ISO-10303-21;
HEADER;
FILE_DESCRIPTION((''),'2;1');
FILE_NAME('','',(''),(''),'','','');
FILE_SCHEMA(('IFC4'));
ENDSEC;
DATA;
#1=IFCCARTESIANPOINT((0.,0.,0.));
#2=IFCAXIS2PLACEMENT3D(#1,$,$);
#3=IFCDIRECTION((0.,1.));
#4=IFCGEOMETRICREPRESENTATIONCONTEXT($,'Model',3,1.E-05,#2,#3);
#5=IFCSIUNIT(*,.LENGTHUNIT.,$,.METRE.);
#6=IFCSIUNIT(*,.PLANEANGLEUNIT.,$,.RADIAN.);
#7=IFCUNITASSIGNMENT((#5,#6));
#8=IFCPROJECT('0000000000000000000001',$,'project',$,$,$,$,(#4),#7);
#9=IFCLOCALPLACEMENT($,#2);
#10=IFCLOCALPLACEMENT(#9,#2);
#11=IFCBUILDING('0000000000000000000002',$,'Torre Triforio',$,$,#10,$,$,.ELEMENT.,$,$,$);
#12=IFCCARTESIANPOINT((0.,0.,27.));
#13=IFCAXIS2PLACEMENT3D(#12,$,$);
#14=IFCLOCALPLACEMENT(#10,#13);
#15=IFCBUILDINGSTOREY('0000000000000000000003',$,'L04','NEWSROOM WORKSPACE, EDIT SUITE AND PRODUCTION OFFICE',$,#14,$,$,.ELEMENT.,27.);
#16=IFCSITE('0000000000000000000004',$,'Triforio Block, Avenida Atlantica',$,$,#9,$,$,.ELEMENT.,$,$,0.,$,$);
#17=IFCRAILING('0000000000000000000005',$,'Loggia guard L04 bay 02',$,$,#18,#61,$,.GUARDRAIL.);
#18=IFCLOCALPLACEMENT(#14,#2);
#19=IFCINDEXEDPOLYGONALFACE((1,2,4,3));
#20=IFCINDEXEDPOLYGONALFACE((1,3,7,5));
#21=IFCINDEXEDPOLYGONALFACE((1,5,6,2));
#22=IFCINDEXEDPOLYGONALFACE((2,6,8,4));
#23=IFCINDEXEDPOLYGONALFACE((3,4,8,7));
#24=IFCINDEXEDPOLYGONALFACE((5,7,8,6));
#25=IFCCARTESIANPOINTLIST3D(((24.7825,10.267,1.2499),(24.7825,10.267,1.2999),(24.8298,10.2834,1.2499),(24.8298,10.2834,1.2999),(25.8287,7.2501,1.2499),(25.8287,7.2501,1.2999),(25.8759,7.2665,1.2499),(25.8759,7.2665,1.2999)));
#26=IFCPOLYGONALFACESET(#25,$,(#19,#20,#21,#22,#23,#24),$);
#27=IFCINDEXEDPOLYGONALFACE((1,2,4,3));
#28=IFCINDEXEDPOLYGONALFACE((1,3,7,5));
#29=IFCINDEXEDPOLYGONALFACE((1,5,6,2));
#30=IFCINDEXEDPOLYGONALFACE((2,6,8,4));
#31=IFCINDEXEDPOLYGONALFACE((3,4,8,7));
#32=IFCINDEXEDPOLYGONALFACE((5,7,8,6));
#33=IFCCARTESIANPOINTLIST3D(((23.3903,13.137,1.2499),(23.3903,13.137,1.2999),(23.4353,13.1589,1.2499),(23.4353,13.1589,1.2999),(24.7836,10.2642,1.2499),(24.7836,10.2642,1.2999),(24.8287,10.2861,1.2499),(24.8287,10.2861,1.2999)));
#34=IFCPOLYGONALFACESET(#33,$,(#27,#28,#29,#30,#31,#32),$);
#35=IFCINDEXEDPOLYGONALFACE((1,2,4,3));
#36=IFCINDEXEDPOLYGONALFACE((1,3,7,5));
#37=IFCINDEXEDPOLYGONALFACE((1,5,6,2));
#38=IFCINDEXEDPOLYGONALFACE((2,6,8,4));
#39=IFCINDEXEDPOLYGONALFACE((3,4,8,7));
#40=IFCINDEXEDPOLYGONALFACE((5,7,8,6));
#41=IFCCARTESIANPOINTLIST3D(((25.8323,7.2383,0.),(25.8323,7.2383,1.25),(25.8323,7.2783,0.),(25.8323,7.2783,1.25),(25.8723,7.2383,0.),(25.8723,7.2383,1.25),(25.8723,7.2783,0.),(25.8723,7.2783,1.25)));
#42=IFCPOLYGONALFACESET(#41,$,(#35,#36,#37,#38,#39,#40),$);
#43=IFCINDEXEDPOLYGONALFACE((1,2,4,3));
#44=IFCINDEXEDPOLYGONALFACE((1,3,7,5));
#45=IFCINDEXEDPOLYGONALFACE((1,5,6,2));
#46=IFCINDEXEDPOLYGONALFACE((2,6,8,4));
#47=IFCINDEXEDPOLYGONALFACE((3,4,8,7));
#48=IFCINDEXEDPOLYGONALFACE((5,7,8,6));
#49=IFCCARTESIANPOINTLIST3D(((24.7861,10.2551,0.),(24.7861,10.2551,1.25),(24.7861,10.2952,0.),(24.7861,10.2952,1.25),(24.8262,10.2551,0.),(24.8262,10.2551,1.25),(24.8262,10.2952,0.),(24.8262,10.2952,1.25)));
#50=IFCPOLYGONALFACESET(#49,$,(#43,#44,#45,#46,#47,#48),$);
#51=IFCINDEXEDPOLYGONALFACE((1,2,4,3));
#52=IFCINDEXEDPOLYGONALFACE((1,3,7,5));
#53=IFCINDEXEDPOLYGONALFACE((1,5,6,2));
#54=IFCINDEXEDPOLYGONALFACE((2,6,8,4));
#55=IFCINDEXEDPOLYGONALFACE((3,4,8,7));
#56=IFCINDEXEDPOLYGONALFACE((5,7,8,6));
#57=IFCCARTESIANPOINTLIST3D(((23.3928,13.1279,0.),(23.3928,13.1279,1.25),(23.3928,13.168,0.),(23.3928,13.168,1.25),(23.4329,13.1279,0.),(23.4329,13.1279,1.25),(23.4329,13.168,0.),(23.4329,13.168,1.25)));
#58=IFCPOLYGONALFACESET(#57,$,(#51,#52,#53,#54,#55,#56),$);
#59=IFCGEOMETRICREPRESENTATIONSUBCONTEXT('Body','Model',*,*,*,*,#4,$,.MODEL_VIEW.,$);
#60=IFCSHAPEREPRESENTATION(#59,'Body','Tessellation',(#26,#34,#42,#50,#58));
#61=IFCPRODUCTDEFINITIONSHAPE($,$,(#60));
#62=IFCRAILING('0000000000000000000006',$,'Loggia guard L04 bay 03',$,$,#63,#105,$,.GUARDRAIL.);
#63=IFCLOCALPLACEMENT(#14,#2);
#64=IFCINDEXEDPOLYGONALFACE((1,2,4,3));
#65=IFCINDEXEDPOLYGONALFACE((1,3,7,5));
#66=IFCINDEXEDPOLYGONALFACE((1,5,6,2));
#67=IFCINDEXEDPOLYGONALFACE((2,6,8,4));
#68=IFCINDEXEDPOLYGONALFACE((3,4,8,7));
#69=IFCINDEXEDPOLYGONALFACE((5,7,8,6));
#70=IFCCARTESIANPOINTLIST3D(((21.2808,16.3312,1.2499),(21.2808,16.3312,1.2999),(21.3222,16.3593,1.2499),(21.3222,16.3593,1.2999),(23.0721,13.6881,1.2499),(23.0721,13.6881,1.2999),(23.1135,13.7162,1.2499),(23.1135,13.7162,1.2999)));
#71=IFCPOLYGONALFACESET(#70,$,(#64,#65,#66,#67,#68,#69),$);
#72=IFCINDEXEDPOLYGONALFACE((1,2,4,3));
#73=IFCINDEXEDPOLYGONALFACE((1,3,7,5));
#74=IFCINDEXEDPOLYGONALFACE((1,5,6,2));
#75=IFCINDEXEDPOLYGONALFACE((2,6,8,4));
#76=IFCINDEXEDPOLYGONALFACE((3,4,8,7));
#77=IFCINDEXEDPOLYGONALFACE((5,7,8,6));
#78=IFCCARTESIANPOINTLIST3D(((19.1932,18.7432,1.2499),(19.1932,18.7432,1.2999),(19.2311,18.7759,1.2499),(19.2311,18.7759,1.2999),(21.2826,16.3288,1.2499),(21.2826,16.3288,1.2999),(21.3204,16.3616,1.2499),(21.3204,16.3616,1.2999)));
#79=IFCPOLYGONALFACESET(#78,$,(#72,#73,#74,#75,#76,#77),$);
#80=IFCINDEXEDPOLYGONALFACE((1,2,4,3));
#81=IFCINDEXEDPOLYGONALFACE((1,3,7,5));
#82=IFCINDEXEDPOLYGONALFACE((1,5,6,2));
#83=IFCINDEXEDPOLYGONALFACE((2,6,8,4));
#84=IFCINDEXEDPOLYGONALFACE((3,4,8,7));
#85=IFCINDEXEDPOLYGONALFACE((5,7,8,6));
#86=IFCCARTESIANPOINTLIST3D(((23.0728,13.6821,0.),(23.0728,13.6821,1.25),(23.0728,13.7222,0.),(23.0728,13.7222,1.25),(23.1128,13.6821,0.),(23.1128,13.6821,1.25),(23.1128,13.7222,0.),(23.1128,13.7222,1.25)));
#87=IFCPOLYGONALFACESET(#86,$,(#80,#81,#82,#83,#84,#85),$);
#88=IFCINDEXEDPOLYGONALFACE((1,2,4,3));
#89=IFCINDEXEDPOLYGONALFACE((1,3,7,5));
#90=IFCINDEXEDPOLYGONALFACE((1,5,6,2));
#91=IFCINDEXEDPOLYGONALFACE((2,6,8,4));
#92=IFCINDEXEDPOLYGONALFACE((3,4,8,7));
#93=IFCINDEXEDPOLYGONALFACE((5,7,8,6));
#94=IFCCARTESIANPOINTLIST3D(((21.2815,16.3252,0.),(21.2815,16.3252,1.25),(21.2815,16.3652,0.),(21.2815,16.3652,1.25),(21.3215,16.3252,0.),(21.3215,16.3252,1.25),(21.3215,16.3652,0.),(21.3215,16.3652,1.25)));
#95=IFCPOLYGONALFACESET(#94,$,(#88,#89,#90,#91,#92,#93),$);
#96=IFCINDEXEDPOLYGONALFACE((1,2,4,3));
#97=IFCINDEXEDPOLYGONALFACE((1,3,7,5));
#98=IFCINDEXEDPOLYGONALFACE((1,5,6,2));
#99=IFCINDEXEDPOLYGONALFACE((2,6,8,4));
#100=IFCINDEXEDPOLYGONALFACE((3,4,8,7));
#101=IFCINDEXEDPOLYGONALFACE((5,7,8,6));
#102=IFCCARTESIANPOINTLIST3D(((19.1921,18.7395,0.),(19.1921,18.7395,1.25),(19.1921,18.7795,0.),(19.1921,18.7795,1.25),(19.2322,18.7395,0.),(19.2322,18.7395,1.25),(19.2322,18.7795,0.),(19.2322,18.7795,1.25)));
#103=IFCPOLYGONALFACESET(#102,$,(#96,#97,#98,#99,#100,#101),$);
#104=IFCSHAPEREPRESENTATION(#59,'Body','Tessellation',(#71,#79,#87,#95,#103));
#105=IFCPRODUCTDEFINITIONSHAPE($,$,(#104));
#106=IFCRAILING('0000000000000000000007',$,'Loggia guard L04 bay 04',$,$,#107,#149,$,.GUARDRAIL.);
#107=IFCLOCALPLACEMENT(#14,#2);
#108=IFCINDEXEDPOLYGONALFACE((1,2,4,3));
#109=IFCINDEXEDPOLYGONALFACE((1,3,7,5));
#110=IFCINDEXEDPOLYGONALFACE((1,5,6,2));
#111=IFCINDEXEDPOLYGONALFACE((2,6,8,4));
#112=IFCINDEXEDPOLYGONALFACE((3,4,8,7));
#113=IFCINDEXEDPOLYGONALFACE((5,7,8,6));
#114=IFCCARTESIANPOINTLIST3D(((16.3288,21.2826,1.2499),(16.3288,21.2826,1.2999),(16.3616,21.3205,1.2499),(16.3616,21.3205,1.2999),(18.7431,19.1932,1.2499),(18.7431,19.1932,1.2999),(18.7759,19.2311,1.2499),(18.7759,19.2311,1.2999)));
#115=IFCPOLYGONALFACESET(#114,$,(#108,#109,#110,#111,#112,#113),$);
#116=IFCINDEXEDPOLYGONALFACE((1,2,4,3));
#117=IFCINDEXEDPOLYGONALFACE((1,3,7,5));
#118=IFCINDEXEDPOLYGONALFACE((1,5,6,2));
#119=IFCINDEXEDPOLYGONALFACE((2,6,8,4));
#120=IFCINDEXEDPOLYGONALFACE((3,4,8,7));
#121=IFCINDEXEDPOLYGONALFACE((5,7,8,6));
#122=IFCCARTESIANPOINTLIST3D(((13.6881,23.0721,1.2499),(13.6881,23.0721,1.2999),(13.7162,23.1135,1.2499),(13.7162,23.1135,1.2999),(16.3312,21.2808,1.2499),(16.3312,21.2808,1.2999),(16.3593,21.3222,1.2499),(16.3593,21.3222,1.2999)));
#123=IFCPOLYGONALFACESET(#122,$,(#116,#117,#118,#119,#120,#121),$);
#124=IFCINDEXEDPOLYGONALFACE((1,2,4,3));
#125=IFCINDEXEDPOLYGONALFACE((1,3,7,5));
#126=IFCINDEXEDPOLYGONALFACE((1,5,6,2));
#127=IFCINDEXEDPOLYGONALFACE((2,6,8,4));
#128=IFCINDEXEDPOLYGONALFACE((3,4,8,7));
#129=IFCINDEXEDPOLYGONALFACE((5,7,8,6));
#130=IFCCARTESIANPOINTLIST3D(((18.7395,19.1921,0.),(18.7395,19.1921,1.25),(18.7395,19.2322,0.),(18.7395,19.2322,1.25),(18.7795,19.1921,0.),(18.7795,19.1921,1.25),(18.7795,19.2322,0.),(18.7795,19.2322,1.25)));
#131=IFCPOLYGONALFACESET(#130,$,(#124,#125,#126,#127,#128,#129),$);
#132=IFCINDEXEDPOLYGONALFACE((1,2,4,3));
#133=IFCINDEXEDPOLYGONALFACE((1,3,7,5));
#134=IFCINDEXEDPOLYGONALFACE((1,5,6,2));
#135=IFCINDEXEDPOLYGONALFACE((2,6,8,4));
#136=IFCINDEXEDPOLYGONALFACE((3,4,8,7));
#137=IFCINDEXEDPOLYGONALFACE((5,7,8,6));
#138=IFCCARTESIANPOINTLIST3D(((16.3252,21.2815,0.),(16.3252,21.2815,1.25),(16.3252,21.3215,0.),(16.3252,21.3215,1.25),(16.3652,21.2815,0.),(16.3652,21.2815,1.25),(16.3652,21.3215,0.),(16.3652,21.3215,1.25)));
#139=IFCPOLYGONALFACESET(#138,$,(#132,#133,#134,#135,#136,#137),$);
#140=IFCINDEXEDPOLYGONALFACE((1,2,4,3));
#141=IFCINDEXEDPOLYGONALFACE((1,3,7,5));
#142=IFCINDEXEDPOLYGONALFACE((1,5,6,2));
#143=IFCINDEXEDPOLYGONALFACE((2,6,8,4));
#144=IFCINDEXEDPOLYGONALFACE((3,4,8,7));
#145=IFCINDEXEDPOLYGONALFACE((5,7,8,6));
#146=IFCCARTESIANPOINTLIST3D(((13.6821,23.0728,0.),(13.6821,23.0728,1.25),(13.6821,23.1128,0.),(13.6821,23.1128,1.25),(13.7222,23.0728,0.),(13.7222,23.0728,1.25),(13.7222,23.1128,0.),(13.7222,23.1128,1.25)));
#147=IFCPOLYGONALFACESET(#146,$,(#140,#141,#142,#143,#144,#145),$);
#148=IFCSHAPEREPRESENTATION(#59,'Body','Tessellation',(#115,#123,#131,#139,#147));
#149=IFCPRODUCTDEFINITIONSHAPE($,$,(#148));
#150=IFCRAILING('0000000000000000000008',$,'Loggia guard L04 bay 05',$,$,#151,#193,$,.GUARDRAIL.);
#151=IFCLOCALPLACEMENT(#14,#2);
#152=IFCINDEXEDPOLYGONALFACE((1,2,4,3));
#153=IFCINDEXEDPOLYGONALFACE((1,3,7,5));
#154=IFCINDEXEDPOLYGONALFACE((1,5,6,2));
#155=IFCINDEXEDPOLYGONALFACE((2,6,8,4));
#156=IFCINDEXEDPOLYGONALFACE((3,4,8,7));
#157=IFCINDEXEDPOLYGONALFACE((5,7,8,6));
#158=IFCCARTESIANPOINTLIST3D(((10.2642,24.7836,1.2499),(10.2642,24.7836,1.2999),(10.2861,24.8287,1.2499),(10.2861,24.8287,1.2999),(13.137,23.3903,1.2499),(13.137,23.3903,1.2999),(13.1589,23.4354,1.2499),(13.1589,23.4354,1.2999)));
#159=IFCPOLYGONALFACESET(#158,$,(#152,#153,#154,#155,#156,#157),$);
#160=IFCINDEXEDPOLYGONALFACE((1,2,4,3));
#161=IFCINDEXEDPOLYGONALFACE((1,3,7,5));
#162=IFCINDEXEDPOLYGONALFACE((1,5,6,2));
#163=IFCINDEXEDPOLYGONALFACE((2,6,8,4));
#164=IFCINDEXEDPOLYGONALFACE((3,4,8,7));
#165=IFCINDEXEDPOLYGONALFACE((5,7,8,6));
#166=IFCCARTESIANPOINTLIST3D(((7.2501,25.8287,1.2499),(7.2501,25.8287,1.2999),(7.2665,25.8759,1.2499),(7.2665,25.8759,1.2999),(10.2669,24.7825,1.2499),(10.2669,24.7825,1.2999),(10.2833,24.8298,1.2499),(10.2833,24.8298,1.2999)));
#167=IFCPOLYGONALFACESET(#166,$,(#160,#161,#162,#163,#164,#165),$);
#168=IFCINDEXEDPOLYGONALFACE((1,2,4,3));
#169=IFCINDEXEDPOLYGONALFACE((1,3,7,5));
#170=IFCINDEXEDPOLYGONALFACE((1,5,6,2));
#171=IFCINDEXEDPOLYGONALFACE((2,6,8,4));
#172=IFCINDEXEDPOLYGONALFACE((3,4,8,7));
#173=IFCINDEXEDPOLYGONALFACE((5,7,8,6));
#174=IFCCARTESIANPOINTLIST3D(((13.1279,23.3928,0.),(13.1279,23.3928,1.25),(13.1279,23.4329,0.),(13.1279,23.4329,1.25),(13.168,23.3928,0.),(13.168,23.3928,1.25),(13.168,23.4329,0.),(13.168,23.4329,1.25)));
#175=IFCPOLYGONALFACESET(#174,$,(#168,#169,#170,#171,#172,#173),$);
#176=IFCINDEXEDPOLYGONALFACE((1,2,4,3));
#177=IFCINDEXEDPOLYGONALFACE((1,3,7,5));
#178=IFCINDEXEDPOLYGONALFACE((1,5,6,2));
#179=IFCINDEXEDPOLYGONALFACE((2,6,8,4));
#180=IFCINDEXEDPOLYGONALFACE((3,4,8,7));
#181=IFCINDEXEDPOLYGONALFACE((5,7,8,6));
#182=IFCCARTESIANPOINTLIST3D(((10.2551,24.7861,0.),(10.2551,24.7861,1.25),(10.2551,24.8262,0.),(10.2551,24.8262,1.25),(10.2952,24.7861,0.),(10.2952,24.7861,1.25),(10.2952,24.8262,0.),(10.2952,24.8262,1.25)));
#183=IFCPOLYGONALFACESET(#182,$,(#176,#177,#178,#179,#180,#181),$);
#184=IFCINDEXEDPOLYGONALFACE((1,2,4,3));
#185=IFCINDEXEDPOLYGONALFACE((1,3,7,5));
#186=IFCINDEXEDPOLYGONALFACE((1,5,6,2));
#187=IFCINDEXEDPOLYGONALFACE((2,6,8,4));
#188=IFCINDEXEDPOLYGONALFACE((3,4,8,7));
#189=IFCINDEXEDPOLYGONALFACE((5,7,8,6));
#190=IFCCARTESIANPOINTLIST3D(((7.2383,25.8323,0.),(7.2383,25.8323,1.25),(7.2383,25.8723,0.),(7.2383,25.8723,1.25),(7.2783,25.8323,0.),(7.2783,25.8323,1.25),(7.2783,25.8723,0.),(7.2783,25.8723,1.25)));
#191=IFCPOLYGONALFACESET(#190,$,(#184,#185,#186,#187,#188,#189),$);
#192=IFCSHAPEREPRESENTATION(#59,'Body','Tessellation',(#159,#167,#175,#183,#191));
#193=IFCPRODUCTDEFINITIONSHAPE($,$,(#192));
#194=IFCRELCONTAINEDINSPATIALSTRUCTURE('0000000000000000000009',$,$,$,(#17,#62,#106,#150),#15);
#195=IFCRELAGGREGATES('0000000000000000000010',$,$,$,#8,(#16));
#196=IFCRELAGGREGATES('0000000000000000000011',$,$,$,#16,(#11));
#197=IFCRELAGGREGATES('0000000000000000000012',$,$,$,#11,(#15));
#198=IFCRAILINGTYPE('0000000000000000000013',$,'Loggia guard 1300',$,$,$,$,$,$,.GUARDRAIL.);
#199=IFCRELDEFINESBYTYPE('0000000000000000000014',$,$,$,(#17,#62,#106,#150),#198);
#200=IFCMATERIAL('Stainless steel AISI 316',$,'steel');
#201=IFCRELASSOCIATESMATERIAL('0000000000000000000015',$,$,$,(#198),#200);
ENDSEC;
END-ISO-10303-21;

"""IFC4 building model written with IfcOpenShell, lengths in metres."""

from ifc_helpers import new_model, si_unit, direction, frame, origin, origin_2d, place, context, subcontext, project, spatial, rectangle, extrude, material, type_object, element, save


model = new_model("IFC4")

# Units and contexts
model_context = context("Model", 3, precision=1e-05, world=origin(), true_north=direction((0.0, 1.0)))
body_context = subcontext(model_context, "Body", "Model", "MODEL_VIEW")
ifc_project = project(units=[si_unit("LENGTHUNIT", "METRE"), si_unit("PLANEANGLEUNIT", "RADIAN")], contexts=[model_context])

# Site, building, storey
site_placement = place(None, origin())
site = spatial("IfcSite", under=ifc_project, at=site_placement, Name="Triforio Block, Avenida Atlantica", CompositionType="ELEMENT", RefElevation=0.0)
building_placement = place(site_placement, origin())
building = spatial("IfcBuilding", under=site, at=building_placement, Name="Torre Triforio", CompositionType="ELEMENT")
storey_placement = place(building_placement, frame((0.0, 0.0, 27.0)))
storey = spatial("IfcBuildingStorey", under=building, at=storey_placement, Name="L04", Description="NEWSROOM WORKSPACE, EDIT SUITE AND PRODUCTION OFFICE", CompositionType="ELEMENT", Elevation=27.0)

# Railings
ifc_material_1 = material(Name="Stainless steel AISI 316", Category="steel")
railing_type = type_object("IfcRailingType", Name="Loggia guard 1300", PredefinedType="GUARDRAIL", material=ifc_material_1)
railing_1_placement = place(storey_placement, frame((25.8523, 7.2583, 0.0)))
element("IfcRailing", 1, at=railing_1_placement, inside=storey, type_object=railing_type, Name="Loggia guard L04 bay 02", PredefinedType="GUARDRAIL", context=body_context, shape_type="SweptSolid", body=[
    extrude(rectangle(XDim=0.05, YDim=0.05, at=origin_2d()), frame((0.0, 0.0, 1.2749), z_axis=(-0.327628, 0.944807, 0.0), x_axis=(-0.944807, -0.327628, 0.0)), (0.0, 0.0, 1.0), 3.1931),
    extrude(rectangle(XDim=0.05, YDim=0.05, at=origin_2d()), frame((-1.0461, 3.0168, 1.2749), z_axis=(-0.436384, 0.89976, 0.0), x_axis=(-0.89976, -0.436384, 0.0)), (0.0, 0.0, 1.0), 3.1929),
    extrude(rectangle(XDim=0.04, YDim=0.04, at=origin_2d()), origin(), (0.0, 0.0, 1.0), 1.25),
    extrude(rectangle(XDim=0.04, YDim=0.04, at=origin_2d()), frame((-1.0461, 3.0168, 0.0)), (0.0, 0.0, 1.0), 1.25),
    extrude(rectangle(XDim=0.04, YDim=0.04, at=origin_2d()), frame((-2.4395, 5.8896, 0.0)), (0.0, 0.0, 1.0), 1.25),
])
railing_2_placement = place(storey_placement, frame((23.0928, 13.7021, 0.0)))
element("IfcRailing", 2, at=railing_2_placement, inside=storey, type_object=railing_type, Name="Loggia guard L04 bay 03", PredefinedType="GUARDRAIL", context=body_context, shape_type="SweptSolid", body=[
    extrude(rectangle(XDim=0.05, YDim=0.05, at=origin_2d()), frame((0.0, 0.0, 1.2749), z_axis=(-0.561019, 0.827803, 0.0), x_axis=(-0.827803, -0.561019, 0.0)), (0.0, 0.0, 1.0), 3.1929),
    extrude(rectangle(XDim=0.05, YDim=0.05, at=origin_2d()), frame((-1.7913, 2.6431, 1.2749), z_axis=(-0.654386, 0.756161, 0.0), x_axis=(-0.756161, -0.654386, 0.0)), (0.0, 0.0, 1.0), 3.1929),
    extrude(rectangle(XDim=0.04, YDim=0.04, at=origin_2d()), origin(), (0.0, 0.0, 1.0), 1.25),
    extrude(rectangle(XDim=0.04, YDim=0.04, at=origin_2d()), frame((-1.7913, 2.6431, 0.0)), (0.0, 0.0, 1.0), 1.25),
    extrude(rectangle(XDim=0.04, YDim=0.04, at=origin_2d()), frame((-3.8806, 5.0574, 0.0)), (0.0, 0.0, 1.0), 1.25),
])
railing_3_placement = place(storey_placement, frame((18.7595, 19.2122, 0.0)))
element("IfcRailing", 3, at=railing_3_placement, inside=storey, type_object=railing_type, Name="Loggia guard L04 bay 04", PredefinedType="GUARDRAIL", context=body_context, shape_type="SweptSolid", body=[
    extrude(rectangle(XDim=0.05, YDim=0.05, at=origin_2d()), frame((0.0, 0.0, 1.2749), z_axis=(-0.756161, 0.654386, 0.0), x_axis=(-0.654386, -0.756161, 0.0)), (0.0, 0.0, 1.0), 3.1929),
    extrude(rectangle(XDim=0.05, YDim=0.05, at=origin_2d()), frame((-2.4143, 2.0894, 1.2749), z_axis=(-0.827803, 0.561019, 0.0), x_axis=(-0.561019, -0.827803, 0.0)), (0.0, 0.0, 1.0), 3.1929),
    extrude(rectangle(XDim=0.04, YDim=0.04, at=origin_2d()), origin(), (0.0, 0.0, 1.0), 1.25),
    extrude(rectangle(XDim=0.04, YDim=0.04, at=origin_2d()), frame((-2.4143, 2.0894, 0.0)), (0.0, 0.0, 1.0), 1.25),
    extrude(rectangle(XDim=0.04, YDim=0.04, at=origin_2d()), frame((-5.0574, 3.8806, 0.0)), (0.0, 0.0, 1.0), 1.25),
])
railing_4_placement = place(storey_placement, frame((13.1479, 23.4128, 0.0)))
element("IfcRailing", 4, at=railing_4_placement, inside=storey, type_object=railing_type, Name="Loggia guard L04 bay 05", PredefinedType="GUARDRAIL", context=body_context, shape_type="SweptSolid", body=[
    extrude(rectangle(XDim=0.05, YDim=0.05, at=origin_2d()), frame((0.0, 0.0, 1.2749), z_axis=(-0.89976, 0.436384, 0.0), x_axis=(-0.436384, -0.89976, 0.0)), (0.0, 0.0, 1.0), 3.1929),
    extrude(rectangle(XDim=0.05, YDim=0.05, at=origin_2d()), frame((-2.8728, 1.3933, 1.2749), z_axis=(-0.944807, 0.327628, 0.0), x_axis=(-0.327628, -0.944807, 0.0)), (0.0, 0.0, 1.0), 3.1931),
    extrude(rectangle(XDim=0.04, YDim=0.04, at=origin_2d()), origin(), (0.0, 0.0, 1.0), 1.25),
    extrude(rectangle(XDim=0.04, YDim=0.04, at=origin_2d()), frame((-2.8728, 1.3933, 0.0)), (0.0, 0.0, 1.0), 1.25),
    extrude(rectangle(XDim=0.04, YDim=0.04, at=origin_2d()), frame((-5.8896, 2.4395, 0.0)), (0.0, 0.0, 1.0), 1.25),
])

save(model, "model.ifc")
